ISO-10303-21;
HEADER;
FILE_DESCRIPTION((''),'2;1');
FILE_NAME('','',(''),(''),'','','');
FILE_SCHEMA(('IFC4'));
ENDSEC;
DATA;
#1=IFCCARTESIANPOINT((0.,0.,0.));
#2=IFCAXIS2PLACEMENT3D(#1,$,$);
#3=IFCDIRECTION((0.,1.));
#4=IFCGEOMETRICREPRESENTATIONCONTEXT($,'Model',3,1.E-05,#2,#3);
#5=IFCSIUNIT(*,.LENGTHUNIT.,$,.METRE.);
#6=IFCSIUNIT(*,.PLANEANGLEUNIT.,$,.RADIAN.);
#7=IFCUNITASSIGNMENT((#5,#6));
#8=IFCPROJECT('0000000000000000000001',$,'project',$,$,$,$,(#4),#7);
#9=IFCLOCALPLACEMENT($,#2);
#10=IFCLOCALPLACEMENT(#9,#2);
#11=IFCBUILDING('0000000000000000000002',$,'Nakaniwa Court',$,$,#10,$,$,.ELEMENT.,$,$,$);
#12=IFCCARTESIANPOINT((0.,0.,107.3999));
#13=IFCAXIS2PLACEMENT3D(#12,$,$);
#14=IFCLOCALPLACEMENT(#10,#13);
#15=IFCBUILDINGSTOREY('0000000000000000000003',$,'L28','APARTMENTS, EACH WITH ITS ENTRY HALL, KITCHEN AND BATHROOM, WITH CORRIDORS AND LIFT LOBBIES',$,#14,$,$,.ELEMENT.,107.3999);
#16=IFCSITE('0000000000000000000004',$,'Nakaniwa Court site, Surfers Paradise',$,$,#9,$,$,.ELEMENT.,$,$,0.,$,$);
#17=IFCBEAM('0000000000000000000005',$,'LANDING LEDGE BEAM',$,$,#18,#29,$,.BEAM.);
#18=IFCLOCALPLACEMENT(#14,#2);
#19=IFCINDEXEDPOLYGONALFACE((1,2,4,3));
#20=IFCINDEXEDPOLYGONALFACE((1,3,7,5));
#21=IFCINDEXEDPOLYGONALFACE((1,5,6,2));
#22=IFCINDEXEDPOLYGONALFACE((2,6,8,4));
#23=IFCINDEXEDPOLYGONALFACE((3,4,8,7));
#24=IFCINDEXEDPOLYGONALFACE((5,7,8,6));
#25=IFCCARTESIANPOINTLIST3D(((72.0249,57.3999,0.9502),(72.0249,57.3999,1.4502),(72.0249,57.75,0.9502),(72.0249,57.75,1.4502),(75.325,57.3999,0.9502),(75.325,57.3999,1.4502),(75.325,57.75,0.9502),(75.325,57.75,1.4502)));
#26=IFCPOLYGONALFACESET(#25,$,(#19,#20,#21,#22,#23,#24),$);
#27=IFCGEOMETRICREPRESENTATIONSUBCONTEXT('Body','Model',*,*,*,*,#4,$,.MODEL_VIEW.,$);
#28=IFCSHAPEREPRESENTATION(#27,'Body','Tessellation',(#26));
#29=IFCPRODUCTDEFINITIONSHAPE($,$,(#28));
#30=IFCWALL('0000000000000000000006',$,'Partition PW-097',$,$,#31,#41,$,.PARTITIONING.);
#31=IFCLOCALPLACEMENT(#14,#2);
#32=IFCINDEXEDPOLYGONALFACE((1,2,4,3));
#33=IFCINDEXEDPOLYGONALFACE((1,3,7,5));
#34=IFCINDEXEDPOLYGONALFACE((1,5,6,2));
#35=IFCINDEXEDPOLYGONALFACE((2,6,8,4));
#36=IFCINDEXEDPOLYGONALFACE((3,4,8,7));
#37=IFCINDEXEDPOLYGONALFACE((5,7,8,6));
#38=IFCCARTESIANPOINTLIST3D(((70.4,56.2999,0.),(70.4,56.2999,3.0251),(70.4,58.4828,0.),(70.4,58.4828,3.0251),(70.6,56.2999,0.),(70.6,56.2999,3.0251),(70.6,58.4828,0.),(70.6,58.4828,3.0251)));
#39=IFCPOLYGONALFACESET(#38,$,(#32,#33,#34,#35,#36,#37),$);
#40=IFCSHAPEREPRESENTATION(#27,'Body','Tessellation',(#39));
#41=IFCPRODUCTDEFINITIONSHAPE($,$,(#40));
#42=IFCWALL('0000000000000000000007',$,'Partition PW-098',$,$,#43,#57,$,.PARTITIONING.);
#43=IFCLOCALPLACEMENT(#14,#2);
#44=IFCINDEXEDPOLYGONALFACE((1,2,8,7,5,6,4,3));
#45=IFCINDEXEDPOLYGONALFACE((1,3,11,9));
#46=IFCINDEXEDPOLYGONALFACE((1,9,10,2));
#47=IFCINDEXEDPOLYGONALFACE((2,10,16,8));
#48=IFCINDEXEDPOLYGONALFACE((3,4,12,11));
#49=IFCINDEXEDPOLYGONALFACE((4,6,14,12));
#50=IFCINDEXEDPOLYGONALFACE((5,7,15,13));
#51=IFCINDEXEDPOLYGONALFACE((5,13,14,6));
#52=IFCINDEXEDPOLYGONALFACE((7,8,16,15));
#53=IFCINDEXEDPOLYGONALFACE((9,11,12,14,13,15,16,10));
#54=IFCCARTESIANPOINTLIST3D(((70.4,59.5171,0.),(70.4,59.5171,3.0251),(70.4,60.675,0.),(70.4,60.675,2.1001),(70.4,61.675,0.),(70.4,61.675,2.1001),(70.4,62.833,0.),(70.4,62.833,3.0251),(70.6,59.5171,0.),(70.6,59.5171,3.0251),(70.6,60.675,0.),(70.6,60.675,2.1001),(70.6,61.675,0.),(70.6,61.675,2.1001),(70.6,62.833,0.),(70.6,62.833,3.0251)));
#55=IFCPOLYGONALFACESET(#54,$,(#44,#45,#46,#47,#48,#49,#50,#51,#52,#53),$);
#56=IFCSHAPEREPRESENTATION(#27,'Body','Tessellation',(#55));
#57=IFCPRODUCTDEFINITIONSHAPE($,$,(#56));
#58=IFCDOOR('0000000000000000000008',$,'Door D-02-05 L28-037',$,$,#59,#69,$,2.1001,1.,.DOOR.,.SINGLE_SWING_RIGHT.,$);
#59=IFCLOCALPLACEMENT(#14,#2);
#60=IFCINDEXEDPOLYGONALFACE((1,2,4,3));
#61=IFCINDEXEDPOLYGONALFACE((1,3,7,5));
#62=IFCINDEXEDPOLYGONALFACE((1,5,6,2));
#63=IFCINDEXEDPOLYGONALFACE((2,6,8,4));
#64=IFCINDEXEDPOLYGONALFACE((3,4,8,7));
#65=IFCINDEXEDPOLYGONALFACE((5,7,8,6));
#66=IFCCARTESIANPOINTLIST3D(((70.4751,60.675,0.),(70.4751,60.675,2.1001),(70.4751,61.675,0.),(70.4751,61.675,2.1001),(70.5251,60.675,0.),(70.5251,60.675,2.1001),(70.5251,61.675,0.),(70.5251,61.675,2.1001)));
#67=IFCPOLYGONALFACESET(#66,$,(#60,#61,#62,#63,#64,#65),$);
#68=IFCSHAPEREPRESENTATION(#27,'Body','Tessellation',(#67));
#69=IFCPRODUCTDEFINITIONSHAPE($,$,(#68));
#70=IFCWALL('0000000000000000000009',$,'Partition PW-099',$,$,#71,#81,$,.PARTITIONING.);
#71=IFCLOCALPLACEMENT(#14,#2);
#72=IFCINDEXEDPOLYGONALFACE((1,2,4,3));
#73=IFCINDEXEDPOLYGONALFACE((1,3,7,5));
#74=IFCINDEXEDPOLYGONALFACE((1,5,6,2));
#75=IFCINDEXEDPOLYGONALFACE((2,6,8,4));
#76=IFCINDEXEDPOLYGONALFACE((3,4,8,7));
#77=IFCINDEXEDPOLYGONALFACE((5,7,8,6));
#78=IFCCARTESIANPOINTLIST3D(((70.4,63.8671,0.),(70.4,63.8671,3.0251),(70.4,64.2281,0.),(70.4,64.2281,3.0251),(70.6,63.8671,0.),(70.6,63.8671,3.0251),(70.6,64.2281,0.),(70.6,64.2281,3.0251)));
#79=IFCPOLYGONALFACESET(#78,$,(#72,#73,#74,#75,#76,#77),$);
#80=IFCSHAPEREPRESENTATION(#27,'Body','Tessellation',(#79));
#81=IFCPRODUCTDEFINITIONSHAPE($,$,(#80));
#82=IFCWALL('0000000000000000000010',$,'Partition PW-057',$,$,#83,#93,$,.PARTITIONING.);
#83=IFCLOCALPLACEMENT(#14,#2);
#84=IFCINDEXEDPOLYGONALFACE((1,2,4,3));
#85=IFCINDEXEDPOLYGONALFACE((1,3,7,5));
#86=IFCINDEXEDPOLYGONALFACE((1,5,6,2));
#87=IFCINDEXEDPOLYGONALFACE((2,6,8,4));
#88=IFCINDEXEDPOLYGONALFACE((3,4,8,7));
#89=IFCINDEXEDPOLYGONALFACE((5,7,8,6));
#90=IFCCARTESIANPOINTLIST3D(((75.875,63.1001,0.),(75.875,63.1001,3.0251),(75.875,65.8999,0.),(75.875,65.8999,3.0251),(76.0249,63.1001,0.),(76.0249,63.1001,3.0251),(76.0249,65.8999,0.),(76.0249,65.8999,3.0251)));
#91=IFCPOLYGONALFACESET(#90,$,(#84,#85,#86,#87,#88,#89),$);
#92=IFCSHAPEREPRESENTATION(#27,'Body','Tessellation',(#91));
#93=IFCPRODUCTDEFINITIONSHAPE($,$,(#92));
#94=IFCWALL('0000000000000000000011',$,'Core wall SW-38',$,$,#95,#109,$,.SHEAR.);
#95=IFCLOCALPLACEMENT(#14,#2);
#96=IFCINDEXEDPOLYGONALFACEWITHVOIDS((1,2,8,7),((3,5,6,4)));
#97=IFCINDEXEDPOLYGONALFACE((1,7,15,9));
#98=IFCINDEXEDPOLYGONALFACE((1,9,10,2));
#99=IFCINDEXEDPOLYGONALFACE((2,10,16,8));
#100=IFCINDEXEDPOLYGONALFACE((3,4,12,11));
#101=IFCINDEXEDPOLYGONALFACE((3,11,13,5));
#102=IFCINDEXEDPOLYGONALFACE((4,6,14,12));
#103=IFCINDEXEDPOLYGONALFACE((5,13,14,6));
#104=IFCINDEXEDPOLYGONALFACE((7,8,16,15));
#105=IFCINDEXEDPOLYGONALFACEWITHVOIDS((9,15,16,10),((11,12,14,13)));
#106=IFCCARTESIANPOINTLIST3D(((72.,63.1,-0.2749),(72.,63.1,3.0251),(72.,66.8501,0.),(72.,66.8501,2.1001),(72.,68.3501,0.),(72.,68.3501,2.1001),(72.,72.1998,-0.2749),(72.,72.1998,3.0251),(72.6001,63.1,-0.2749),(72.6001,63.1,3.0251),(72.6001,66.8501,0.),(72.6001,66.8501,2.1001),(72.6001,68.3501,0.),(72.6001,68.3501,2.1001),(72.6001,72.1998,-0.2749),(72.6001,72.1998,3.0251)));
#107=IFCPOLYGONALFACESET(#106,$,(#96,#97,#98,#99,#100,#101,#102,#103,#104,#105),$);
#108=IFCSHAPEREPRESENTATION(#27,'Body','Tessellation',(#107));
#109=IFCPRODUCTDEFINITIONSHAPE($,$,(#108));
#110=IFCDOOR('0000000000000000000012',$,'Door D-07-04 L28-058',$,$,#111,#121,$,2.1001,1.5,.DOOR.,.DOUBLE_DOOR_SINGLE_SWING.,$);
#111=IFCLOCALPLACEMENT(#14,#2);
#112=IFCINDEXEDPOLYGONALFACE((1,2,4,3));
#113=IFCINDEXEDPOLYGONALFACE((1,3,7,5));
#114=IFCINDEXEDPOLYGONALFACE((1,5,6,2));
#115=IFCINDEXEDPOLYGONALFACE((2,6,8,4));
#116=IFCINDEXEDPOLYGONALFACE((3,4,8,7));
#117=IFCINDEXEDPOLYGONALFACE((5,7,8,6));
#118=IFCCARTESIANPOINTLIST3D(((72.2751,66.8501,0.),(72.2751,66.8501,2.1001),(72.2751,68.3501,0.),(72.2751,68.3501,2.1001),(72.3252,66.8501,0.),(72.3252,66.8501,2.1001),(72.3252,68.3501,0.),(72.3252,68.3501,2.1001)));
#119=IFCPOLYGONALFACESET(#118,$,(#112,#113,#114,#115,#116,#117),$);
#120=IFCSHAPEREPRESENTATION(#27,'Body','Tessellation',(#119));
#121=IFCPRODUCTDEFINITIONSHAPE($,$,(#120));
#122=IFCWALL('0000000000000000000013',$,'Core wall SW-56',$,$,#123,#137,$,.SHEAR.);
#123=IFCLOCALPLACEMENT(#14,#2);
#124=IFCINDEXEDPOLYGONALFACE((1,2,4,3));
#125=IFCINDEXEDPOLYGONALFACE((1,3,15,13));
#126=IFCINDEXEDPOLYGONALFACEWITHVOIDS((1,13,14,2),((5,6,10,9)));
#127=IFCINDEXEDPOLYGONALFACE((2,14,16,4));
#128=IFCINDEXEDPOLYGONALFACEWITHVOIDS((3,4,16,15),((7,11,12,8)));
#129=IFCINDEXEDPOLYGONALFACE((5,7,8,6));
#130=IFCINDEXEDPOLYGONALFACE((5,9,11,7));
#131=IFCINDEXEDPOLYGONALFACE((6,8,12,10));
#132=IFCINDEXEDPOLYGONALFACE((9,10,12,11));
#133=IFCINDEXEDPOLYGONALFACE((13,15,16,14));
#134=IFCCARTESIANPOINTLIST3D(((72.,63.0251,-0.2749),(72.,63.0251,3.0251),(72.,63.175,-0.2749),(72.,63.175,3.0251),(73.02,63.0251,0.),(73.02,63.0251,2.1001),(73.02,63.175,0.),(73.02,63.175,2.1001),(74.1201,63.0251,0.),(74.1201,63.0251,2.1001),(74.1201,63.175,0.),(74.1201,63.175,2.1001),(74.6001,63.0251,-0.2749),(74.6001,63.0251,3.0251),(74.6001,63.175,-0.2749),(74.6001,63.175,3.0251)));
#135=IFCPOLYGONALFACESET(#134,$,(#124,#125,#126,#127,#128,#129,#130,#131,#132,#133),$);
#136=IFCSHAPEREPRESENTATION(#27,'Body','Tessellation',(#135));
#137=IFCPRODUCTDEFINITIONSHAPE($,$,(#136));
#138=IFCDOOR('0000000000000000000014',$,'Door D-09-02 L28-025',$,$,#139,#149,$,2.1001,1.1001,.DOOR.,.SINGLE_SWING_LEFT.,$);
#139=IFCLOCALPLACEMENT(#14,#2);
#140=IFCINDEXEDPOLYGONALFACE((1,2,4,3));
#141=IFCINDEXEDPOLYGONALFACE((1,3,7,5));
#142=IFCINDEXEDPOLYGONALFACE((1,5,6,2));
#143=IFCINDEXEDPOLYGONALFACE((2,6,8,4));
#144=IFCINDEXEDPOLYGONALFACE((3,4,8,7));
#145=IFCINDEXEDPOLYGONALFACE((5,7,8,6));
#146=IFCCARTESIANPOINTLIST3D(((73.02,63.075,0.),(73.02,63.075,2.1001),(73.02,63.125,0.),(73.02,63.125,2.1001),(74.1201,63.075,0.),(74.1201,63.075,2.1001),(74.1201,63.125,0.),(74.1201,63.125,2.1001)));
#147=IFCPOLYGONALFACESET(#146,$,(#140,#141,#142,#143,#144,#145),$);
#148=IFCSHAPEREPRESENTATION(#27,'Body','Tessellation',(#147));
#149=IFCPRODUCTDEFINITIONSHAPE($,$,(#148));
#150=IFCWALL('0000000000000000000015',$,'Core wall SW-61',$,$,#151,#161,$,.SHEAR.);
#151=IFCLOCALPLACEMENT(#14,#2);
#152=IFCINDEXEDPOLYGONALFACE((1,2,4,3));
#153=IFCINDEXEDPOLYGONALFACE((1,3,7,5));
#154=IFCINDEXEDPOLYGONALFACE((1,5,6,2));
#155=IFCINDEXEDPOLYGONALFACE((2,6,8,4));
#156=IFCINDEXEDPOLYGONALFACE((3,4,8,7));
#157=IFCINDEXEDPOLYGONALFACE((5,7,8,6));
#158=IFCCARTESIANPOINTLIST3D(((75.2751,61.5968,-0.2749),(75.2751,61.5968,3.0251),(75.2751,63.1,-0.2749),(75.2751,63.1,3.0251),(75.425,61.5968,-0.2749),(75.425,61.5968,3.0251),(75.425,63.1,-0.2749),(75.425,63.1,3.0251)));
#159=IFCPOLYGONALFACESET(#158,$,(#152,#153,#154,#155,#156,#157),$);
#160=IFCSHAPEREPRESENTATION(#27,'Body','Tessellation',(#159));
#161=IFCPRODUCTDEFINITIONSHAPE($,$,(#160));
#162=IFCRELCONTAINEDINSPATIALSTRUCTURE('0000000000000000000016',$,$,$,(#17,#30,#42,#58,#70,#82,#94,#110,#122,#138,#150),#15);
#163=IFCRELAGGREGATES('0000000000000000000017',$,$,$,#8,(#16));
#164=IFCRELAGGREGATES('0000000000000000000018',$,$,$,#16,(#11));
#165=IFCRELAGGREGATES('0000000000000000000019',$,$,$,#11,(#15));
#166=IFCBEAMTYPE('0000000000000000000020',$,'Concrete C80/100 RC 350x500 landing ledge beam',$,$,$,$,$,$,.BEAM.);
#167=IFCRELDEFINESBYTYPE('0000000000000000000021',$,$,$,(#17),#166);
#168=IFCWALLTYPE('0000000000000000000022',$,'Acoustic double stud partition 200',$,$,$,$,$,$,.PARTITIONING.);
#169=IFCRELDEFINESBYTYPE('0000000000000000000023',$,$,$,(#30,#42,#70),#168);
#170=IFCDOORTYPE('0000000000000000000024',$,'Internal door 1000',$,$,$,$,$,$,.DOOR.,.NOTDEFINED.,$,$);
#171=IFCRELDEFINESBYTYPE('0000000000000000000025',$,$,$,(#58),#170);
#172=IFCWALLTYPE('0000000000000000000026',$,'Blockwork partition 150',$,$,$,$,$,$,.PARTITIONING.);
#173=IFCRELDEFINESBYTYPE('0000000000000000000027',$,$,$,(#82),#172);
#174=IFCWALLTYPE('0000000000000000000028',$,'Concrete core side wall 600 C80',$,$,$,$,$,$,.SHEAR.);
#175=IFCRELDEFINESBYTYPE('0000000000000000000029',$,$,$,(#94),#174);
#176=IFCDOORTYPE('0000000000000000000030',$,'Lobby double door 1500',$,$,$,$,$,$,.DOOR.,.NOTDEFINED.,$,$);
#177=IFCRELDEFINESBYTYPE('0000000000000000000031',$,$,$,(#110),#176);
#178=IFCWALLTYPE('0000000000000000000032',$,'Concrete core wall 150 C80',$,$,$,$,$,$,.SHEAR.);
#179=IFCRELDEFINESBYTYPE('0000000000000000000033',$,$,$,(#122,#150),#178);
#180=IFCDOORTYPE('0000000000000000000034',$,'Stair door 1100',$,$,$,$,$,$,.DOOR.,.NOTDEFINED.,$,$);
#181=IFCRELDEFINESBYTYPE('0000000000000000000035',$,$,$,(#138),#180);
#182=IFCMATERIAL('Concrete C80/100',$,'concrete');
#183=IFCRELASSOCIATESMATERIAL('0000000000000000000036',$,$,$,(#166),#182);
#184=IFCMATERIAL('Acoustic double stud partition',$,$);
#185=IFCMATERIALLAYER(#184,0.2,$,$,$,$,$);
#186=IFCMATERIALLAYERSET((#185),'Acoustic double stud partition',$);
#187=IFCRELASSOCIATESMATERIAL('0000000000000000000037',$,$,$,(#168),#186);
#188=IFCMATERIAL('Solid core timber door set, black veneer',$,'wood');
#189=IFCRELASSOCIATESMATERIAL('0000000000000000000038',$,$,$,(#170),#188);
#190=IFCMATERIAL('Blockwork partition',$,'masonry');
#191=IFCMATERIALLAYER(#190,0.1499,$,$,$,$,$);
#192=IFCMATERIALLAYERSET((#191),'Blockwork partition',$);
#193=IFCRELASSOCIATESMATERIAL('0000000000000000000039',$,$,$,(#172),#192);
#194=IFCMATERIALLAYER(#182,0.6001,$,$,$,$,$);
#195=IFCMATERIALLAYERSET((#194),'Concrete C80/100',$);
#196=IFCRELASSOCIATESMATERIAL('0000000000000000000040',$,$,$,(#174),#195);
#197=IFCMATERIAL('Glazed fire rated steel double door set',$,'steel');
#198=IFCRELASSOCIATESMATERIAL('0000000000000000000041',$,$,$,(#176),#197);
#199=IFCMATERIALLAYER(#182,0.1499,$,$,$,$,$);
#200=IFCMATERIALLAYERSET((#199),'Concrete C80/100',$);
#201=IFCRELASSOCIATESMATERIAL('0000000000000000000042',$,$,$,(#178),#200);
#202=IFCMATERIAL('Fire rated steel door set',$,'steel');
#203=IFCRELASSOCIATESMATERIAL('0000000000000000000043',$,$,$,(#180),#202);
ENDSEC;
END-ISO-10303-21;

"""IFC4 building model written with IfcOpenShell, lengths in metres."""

from ifc_helpers import new_model, si_unit, direction, frame, frame_2d, origin, origin_2d, place, context, subcontext, project, spatial, rectangle, extrude, material, layer, layer_set, material_profile, profile_set, type_object, element, fill, save


model = new_model("IFC4")

# Units and contexts
model_context = context("Model", 3, precision=1e-05, world=origin(), true_north=direction((0.0, 1.0)))
body_context = subcontext(model_context, "Body", "Model", "MODEL_VIEW")
ifc_project = project(units=[si_unit("LENGTHUNIT", "METRE"), si_unit("PLANEANGLEUNIT", "RADIAN")], contexts=[model_context])

# Site, building, storey
site_placement = place(None, origin())
site = spatial("IfcSite", under=ifc_project, at=site_placement, Name="Nakaniwa Court site, Surfers Paradise", CompositionType="ELEMENT", RefElevation=0.0)
building_placement = place(site_placement, origin())
building = spatial("IfcBuilding", under=site, at=building_placement, Name="Nakaniwa Court", CompositionType="ELEMENT")
storey_placement = place(building_placement, frame((0.0, 0.0, 107.3999)))
storey = spatial("IfcBuildingStorey", under=building, at=storey_placement, Name="L28", Description="APARTMENTS, EACH WITH ITS ENTRY HALL, KITCHEN AND BATHROOM, WITH CORRIDORS AND LIFT LOBBIES", CompositionType="ELEMENT", Elevation=107.3999)

# Beam
ifc_material_1 = material(Name="Concrete C80/100", Category="concrete")
ifc_material_profile = material_profile(ifc_material_1, rectangle(XDim=0.3501, YDim=0.5, at=origin_2d()), Name="Concrete C80/100 RC 350x500 landing ledge beam")
ifc_profile_set = profile_set([ifc_material_profile], Name="Concrete C80/100")
beam_type = type_object("IfcBeamType", Name="Concrete C80/100 RC 350x500 landing ledge beam", PredefinedType="BEAM", material=ifc_profile_set)
beam_placement = place(storey_placement, frame((72.0249, 57.575, 1.2002), z_axis=(1.0, 0.0, 0.0), x_axis=(0.0, 1.0, 0.0)))
element("IfcBeam", 1, at=beam_placement, inside=storey, type_object=beam_type, Name="LANDING LEDGE BEAM", PredefinedType="BEAM", context=body_context, shape_type="SweptSolid", body=[
    extrude(rectangle(XDim=0.3501, YDim=0.5, at=origin_2d()), origin(), (0.0, 0.0, 1.0), 3.3),
])

# Wall
ifc_material_2 = material(Name="Acoustic double stud partition")
ifc_layer_1 = layer(ifc_material_2, 0.2)
ifc_layer_set_1 = layer_set([ifc_layer_1], Name="Acoustic double stud partition")
wall_type_1 = type_object("IfcWallType", Name="Acoustic double stud partition 200", PredefinedType="PARTITIONING", material=ifc_layer_set_1)
wall_1_placement = place(storey_placement, frame((70.5, 56.3, 0.0), z_axis=(0.0, 0.0, 1.0), x_axis=(0.0, 1.0, 0.0)))
element("IfcWall", 2, at=wall_1_placement, inside=storey, type_object=wall_type_1, Name="Partition PW-097", PredefinedType="PARTITIONING", context=body_context, shape_type="SweptSolid", body=[
    extrude(rectangle(XDim=2.1829, YDim=0.2, at=frame_2d((1.0913, 0.0))), origin(), (0.0, 0.0, 1.0), 3.0251),
])

# Wall, opening, door
wall_2_placement = place(storey_placement, frame((70.5, 59.5171, 0.0), z_axis=(0.0, 0.0, 1.0), x_axis=(0.0, 1.0, 0.0)))
wall_2 = element("IfcWall", 3, at=wall_2_placement, inside=storey, type_object=wall_type_1, Name="Partition PW-098", PredefinedType="PARTITIONING", context=body_context, shape_type="SweptSolid", body=[
    extrude(rectangle(XDim=3.3159, YDim=0.2, at=frame_2d((1.658, 0.0))), origin(), (0.0, 0.0, 1.0), 3.0251),
])
opening_1_placement = place(wall_2_placement, frame((1.158, 0.0, 0.0)))
opening_1 = element("IfcOpeningElement", 4, at=opening_1_placement, cuts=wall_2, PredefinedType="OPENING", context=body_context, shape_type="SweptSolid", body=[
    extrude(rectangle(XDim=1.0, YDim=2.1001, at=frame_2d((0.5, 1.05))), frame((0.0, 0.1099, 0.0), z_axis=(0.0, -1.0, 0.0), x_axis=(1.0, 0.0, 0.0)), (0.0, 0.0, 1.0), 0.22),
])
ifc_material_3 = material(Name="Solid core timber door set, black veneer", Category="wood")
door_type_1 = type_object("IfcDoorType", Name="Internal door 1000", OperationType="NOTDEFINED", PredefinedType="DOOR", material=ifc_material_3)
door_1_placement = place(opening_1_placement, origin())
door_1 = element("IfcDoor", 5, at=door_1_placement, inside=storey, type_object=door_type_1, Name="Door D-02-05 L28-037", OperationType="SINGLE_SWING_RIGHT", OverallHeight=2.1001, OverallWidth=1.0, PredefinedType="DOOR", context=body_context, shape_type="SweptSolid", body=[
    extrude(rectangle(XDim=1.0, YDim=2.1001, at=frame_2d((0.5, 1.05))), frame((0.0, 0.0249, 0.0), z_axis=(0.0, -1.0, 0.0), x_axis=(1.0, 0.0, 0.0)), (0.0, 0.0, 1.0), 0.05),
])
fill(opening_1, door_1)

# Walls
wall_3_placement = place(storey_placement, frame((70.5, 63.8669, 0.0), z_axis=(0.0, 0.0, 1.0), x_axis=(0.0, 1.0, 0.0)))
element("IfcWall", 6, at=wall_3_placement, inside=storey, type_object=wall_type_1, Name="Partition PW-099", PredefinedType="PARTITIONING", context=body_context, shape_type="SweptSolid", body=[
    extrude(rectangle(XDim=0.3611, YDim=0.2, at=frame_2d((0.1807, 0.0))), origin(), (0.0, 0.0, 1.0), 3.0251),
])
ifc_material_4 = material(Name="Blockwork partition", Category="masonry")
ifc_layer_2 = layer(ifc_material_4, 0.1499)
ifc_layer_set_2 = layer_set([ifc_layer_2], Name="Blockwork partition")
wall_type_2 = type_object("IfcWallType", Name="Blockwork partition 150", PredefinedType="PARTITIONING", material=ifc_layer_set_2)
wall_4_placement = place(storey_placement, frame((75.95, 63.1001, 0.0), z_axis=(0.0, 0.0, 1.0), x_axis=(0.0, 1.0, 0.0)))
element("IfcWall", 7, at=wall_4_placement, inside=storey, type_object=wall_type_2, Name="Partition PW-057", PredefinedType="PARTITIONING", context=body_context, shape_type="SweptSolid", body=[
    extrude(rectangle(XDim=2.7998, YDim=0.1499, at=frame_2d((1.3999, 0.0))), origin(), (0.0, 0.0, 1.0), 3.0251),
])

# Walls, openings, doors
ifc_layer_3 = layer(ifc_material_1, 0.6001)
ifc_layer_set_3 = layer_set([ifc_layer_3], Name="Concrete C80/100")
wall_type_3 = type_object("IfcWallType", Name="Concrete core side wall 600 C80", PredefinedType="SHEAR", material=ifc_layer_set_3)
wall_5_placement = place(storey_placement, frame((72.3, 63.1001, -0.2749), z_axis=(0.0, 0.0, 1.0), x_axis=(0.0, 1.0, 0.0)))
wall_5 = element("IfcWall", 8, at=wall_5_placement, inside=storey, type_object=wall_type_3, Name="Core wall SW-38", PredefinedType="SHEAR", context=body_context, shape_type="SweptSolid", body=[
    extrude(rectangle(XDim=9.0999, YDim=0.6001, at=frame_2d((4.5498, 0.0))), origin(), (0.0, 0.0, 1.0), 3.3),
])
opening_2_placement = place(wall_5_placement, frame((3.75, 0.0, 0.2749)))
opening_2 = element("IfcOpeningElement", 9, at=opening_2_placement, cuts=wall_5, PredefinedType="OPENING", context=body_context, shape_type="SweptSolid", body=[
    extrude(rectangle(XDim=1.5, YDim=2.1001, at=frame_2d((0.75, 1.05))), frame((0.0, 0.3101, 0.0), z_axis=(0.0, -1.0, 0.0), x_axis=(1.0, 0.0, 0.0)), (0.0, 0.0, 1.0), 0.6201),
])
ifc_material_5 = material(Name="Glazed fire rated steel double door set", Category="steel")
door_type_2 = type_object("IfcDoorType", Name="Lobby double door 1500", OperationType="NOTDEFINED", PredefinedType="DOOR", material=ifc_material_5)
door_2_placement = place(opening_2_placement, origin())
door_2 = element("IfcDoor", 10, at=door_2_placement, inside=storey, type_object=door_type_2, Name="Door D-07-04 L28-058", OperationType="DOUBLE_DOOR_SINGLE_SWING", OverallHeight=2.1001, OverallWidth=1.5, PredefinedType="DOOR", context=body_context, shape_type="SweptSolid", body=[
    extrude(rectangle(XDim=1.5, YDim=2.1001, at=frame_2d((0.75, 1.05))), frame((0.0, 0.0249, 0.0), z_axis=(0.0, -1.0, 0.0), x_axis=(1.0, 0.0, 0.0)), (0.0, 0.0, 1.0), 0.05),
])
fill(opening_2, door_2)
ifc_layer_4 = layer(ifc_material_1, 0.1499)
ifc_layer_set_4 = layer_set([ifc_layer_4], Name="Concrete C80/100")
wall_type_4 = type_object("IfcWallType", Name="Concrete core wall 150 C80", PredefinedType="SHEAR", material=ifc_layer_set_4)
wall_6_placement = place(storey_placement, frame((72.0, 63.1001, -0.2749), z_axis=(0.0, 0.0, 1.0), x_axis=(1.0, 0.0, 0.0)))
wall_6 = element("IfcWall", 11, at=wall_6_placement, inside=storey, type_object=wall_type_4, Name="Core wall SW-56", PredefinedType="SHEAR", context=body_context, shape_type="SweptSolid", body=[
    extrude(rectangle(XDim=2.6001, YDim=0.1499, at=frame_2d((1.3, 0.0))), origin(), (0.0, 0.0, 1.0), 3.3),
])
opening_3_placement = place(wall_6_placement, frame((1.02, 0.0, 0.2749)))
opening_3 = element("IfcOpeningElement", 12, at=opening_3_placement, cuts=wall_6, PredefinedType="OPENING", context=body_context, shape_type="SweptSolid", body=[
    extrude(rectangle(XDim=1.1001, YDim=2.1001, at=frame_2d((0.55, 1.05))), frame((0.0, 0.085, 0.0), z_axis=(0.0, -1.0, 0.0), x_axis=(1.0, 0.0, 0.0)), (0.0, 0.0, 1.0), 0.1699),
])
ifc_material_6 = material(Name="Fire rated steel door set", Category="steel")
door_type_3 = type_object("IfcDoorType", Name="Stair door 1100", OperationType="NOTDEFINED", PredefinedType="DOOR", material=ifc_material_6)
door_3_placement = place(opening_3_placement, origin())
door_3 = element("IfcDoor", 13, at=door_3_placement, inside=storey, type_object=door_type_3, Name="Door D-09-02 L28-025", OperationType="SINGLE_SWING_LEFT", OverallHeight=2.1001, OverallWidth=1.1001, PredefinedType="DOOR", context=body_context, shape_type="SweptSolid", body=[
    extrude(rectangle(XDim=1.1001, YDim=2.1001, at=frame_2d((0.55, 1.05))), frame((0.0, 0.0249, 0.0), z_axis=(0.0, -1.0, 0.0), x_axis=(1.0, 0.0, 0.0)), (0.0, 0.0, 1.0), 0.05),
])
fill(opening_3, door_3)

# Wall
wall_7_placement = place(storey_placement, frame((75.3501, 61.5969, -0.2749), z_axis=(0.0, 0.0, 1.0), x_axis=(0.0, 1.0, 0.0)))
element("IfcWall", 14, at=wall_7_placement, inside=storey, type_object=wall_type_4, Name="Core wall SW-61", PredefinedType="SHEAR", context=body_context, shape_type="SweptSolid", body=[
    extrude(rectangle(XDim=1.5032, YDim=0.1499, at=frame_2d((0.7515, 0.0))), origin(), (0.0, 0.0, 1.0), 3.3),
])

save(model, "model.ifc")
